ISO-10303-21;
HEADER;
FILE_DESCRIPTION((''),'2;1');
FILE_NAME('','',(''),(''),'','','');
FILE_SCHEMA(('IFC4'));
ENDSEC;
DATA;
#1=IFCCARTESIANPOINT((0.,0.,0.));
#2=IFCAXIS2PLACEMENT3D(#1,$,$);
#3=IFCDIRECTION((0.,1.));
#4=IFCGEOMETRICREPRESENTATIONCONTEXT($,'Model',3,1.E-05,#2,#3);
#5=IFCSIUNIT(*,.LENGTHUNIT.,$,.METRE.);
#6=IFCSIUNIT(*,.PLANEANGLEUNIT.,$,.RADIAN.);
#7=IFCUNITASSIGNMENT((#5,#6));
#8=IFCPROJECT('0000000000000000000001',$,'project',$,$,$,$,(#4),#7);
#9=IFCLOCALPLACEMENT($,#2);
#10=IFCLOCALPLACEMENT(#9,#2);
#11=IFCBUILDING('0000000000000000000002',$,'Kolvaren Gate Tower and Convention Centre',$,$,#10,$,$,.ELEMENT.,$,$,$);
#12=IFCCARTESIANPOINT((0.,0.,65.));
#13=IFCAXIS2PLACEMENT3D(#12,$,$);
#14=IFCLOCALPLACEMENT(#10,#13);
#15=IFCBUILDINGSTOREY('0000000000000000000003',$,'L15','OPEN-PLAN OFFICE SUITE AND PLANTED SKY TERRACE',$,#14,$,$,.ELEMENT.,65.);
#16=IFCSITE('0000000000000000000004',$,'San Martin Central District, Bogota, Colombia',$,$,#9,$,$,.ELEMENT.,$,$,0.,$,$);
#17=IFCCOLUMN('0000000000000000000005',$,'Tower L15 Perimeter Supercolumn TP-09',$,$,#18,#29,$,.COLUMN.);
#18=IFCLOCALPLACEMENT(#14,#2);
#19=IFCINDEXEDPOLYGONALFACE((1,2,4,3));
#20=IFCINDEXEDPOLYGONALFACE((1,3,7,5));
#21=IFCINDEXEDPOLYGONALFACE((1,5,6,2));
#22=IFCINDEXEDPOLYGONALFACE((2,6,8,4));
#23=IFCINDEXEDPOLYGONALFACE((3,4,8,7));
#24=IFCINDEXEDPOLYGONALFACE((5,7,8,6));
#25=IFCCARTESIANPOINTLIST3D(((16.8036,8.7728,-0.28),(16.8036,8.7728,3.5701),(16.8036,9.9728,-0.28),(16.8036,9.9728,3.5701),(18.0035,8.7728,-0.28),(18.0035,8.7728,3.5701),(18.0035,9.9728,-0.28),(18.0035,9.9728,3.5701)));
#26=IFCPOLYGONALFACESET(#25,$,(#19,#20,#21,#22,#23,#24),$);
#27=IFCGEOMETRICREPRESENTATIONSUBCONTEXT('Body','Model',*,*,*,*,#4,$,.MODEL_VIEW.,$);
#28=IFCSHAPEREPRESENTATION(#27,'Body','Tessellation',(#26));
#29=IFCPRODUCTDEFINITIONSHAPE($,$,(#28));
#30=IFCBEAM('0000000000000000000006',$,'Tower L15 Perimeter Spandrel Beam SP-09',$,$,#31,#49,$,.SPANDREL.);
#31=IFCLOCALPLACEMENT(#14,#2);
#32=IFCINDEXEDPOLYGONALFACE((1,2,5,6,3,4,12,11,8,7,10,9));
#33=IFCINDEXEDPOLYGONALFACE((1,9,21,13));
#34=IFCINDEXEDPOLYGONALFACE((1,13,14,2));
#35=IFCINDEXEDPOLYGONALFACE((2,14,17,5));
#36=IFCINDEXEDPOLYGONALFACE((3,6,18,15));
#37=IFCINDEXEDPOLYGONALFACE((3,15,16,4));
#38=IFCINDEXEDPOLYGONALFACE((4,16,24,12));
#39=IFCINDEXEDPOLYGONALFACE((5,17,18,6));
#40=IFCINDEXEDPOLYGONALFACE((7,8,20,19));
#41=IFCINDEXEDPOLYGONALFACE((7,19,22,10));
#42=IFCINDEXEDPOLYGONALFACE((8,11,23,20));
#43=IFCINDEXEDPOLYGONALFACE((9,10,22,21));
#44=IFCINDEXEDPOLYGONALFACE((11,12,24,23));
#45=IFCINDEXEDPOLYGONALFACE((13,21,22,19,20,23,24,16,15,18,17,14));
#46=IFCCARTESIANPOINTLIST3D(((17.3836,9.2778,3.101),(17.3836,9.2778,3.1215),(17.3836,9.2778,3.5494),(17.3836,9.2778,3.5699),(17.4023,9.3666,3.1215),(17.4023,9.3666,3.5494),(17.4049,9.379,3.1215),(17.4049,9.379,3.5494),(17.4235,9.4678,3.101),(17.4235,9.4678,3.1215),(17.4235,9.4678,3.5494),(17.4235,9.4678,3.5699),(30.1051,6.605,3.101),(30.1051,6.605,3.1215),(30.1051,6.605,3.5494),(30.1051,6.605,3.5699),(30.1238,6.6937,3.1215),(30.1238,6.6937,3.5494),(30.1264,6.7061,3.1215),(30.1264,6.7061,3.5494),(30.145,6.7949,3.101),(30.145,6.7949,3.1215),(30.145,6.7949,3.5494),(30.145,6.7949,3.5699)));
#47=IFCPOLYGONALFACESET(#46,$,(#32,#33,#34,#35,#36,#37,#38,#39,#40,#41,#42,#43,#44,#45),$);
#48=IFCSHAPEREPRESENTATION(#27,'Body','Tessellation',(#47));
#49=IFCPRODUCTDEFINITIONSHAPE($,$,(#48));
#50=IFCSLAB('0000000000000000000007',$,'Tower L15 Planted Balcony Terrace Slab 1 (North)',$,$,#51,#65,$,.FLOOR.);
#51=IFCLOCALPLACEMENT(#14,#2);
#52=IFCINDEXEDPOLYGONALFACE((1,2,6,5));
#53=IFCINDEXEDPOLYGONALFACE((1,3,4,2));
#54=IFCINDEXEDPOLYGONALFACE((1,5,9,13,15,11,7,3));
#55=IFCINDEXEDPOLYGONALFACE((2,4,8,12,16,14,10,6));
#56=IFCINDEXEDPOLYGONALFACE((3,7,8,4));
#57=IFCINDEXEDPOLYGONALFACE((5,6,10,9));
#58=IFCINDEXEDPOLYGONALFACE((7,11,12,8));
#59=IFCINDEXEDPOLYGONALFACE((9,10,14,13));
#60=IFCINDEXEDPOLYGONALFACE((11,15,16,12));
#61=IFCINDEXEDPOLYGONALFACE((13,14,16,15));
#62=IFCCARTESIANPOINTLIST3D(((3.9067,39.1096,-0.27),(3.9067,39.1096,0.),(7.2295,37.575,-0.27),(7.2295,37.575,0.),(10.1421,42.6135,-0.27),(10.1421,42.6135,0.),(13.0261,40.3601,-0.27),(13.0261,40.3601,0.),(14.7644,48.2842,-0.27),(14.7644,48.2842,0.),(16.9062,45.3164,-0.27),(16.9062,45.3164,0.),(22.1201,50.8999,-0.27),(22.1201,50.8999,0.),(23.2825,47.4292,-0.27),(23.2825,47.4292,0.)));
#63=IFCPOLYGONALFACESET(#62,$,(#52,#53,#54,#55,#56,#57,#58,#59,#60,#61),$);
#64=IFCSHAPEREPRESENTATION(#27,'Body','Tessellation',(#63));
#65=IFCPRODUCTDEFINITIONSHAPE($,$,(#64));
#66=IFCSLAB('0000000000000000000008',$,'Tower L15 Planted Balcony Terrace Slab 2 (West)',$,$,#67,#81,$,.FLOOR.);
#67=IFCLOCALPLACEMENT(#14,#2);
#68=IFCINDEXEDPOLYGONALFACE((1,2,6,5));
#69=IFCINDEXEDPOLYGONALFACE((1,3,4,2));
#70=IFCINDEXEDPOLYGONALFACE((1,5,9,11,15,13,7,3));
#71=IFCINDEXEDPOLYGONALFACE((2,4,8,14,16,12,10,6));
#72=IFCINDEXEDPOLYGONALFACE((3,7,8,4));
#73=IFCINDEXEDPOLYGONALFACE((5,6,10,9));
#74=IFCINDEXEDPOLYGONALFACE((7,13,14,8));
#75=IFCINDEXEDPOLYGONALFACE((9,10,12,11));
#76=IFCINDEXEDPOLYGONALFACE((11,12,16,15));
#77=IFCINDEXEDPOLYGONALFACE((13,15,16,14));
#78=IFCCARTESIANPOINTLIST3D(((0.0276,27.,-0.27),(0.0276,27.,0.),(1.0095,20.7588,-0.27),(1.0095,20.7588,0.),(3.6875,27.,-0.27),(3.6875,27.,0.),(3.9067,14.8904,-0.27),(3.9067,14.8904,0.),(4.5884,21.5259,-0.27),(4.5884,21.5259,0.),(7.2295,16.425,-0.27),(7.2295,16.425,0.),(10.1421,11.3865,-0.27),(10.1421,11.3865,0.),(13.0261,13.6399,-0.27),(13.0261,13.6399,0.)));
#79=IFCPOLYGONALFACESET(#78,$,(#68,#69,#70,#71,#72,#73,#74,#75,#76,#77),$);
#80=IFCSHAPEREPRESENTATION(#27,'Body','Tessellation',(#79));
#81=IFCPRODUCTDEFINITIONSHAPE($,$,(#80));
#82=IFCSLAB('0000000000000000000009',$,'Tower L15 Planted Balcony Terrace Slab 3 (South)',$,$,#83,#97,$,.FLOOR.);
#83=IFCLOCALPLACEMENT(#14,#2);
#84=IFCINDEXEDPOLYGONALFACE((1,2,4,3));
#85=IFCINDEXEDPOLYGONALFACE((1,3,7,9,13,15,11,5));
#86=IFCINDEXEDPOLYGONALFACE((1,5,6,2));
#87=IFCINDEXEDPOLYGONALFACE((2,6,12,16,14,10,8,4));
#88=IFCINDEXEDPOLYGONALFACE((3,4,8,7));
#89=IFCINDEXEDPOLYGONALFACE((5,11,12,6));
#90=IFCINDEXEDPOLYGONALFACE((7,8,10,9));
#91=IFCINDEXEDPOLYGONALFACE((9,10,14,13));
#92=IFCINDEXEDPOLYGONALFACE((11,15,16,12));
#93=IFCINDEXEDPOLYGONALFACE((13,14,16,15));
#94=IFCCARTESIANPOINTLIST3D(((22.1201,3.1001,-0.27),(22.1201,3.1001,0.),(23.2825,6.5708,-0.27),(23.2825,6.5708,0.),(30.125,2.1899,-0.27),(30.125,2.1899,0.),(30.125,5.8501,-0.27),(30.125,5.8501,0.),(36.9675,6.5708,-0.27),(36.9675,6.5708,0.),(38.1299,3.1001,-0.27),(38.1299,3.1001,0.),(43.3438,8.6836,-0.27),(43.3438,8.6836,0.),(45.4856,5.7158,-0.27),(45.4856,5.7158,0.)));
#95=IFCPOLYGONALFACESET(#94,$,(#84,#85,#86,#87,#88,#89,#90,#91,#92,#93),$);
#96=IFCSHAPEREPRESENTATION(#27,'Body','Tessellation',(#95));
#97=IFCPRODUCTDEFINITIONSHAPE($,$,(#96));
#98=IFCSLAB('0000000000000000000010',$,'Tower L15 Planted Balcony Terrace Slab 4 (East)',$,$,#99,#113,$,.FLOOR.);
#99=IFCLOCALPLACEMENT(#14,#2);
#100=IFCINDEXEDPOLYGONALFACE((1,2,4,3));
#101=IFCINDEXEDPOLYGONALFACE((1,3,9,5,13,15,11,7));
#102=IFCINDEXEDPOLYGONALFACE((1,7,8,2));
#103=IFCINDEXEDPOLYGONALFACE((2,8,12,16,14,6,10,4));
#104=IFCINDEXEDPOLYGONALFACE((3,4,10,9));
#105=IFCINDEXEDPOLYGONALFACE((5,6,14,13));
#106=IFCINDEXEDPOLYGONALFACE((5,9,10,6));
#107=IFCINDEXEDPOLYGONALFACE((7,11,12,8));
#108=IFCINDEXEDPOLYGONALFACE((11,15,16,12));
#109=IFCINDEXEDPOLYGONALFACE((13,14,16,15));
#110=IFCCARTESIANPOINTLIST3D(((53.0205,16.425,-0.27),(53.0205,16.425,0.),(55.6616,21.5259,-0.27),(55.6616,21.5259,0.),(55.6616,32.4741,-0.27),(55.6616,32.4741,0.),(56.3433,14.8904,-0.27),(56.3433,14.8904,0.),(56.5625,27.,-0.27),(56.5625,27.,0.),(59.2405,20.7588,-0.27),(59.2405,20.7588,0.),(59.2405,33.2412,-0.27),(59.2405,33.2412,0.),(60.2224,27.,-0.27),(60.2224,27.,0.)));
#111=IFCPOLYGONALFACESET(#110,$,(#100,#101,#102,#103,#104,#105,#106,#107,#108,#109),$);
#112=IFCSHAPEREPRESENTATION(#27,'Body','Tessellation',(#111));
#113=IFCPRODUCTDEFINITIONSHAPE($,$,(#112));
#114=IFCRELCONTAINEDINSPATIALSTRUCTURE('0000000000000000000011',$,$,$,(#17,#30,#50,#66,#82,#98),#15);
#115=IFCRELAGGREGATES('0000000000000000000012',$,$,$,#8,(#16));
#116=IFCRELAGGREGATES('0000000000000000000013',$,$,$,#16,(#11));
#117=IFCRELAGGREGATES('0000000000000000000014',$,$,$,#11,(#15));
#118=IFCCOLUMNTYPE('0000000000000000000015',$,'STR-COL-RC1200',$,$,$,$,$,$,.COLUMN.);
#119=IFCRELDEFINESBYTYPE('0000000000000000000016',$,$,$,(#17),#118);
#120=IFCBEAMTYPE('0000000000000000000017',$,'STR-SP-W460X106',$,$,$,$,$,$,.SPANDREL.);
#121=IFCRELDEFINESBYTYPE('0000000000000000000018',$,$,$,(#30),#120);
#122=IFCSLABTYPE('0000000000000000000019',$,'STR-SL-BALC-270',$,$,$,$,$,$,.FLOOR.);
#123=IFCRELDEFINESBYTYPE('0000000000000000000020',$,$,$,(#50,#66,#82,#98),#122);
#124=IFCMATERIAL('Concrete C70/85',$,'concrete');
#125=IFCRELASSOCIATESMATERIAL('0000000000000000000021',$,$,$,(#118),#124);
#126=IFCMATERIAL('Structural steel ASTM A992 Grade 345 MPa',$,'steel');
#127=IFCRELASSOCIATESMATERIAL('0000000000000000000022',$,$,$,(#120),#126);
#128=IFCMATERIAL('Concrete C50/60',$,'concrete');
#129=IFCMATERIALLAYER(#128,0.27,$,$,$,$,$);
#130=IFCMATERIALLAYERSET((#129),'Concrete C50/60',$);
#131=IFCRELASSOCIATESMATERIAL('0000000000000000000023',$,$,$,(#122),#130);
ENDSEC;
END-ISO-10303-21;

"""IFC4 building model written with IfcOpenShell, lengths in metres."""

from ifc_helpers import new_model, si_unit, direction, frame, origin, origin_2d, place, context, subcontext, project, spatial, polyline, rectangle, i_section, outline, extrude, material, layer, layer_set, material_profile, profile_set, type_object, element, save


model = new_model("IFC4")

# Units and contexts
model_context = context("Model", 3, precision=1e-05, world=origin(), true_north=direction((0.0, 1.0)))
body_context = subcontext(model_context, "Body", "Model", "MODEL_VIEW")
ifc_project = project(units=[si_unit("LENGTHUNIT", "METRE"), si_unit("PLANEANGLEUNIT", "RADIAN")], contexts=[model_context])

# Site, building, storey
site_placement = place(None, origin())
site = spatial("IfcSite", under=ifc_project, at=site_placement, Name="San Martin Central District, Bogota, Colombia", CompositionType="ELEMENT", RefElevation=0.0)
building_placement = place(site_placement, origin())
building = spatial("IfcBuilding", under=site, at=building_placement, Name="Kolvaren Gate Tower and Convention Centre", CompositionType="ELEMENT")
storey_placement = place(building_placement, frame((0.0, 0.0, 65.0)))
storey = spatial("IfcBuildingStorey", under=building, at=storey_placement, Name="L15", Description="OPEN-PLAN OFFICE SUITE AND PLANTED SKY TERRACE", CompositionType="ELEMENT", Elevation=65.0)

# Column
ifc_material_1 = material(Name="Concrete C70/85", Category="concrete")
ifc_material_profile_1 = material_profile(ifc_material_1, rectangle(XDim=1.2, YDim=1.2, at=origin_2d()), Name="RC-COL-1200X1200")
ifc_profile_set_1 = profile_set([ifc_material_profile_1], Name="Concrete C70/85")
column_type = type_object("IfcColumnType", Name="STR-COL-RC1200", PredefinedType="COLUMN", material=ifc_profile_set_1)
column_placement = place(storey_placement, frame((17.4036, 9.3728, -0.28), z_axis=(0.0, 0.0, 1.0), x_axis=(1.0, 0.0, 0.0)))
element("IfcColumn", 1, at=column_placement, inside=storey, type_object=column_type, Name="Tower L15 Perimeter Supercolumn TP-09", PredefinedType="COLUMN", context=body_context, shape_type="SweptSolid", body=[
    extrude(rectangle(XDim=1.2, YDim=1.2, at=origin_2d()), origin(), (0.0, 0.0, 1.0), 3.8501),
])

# Beam
ifc_material_2 = material(Name="Structural steel ASTM A992 Grade 345 MPa", Category="steel")
ifc_material_profile_2 = material_profile(ifc_material_2, i_section(OverallWidth=0.1941, OverallDepth=0.469, WebThickness=0.0127, FlangeThickness=0.0205, at=origin_2d()), Name="W460X106")
ifc_profile_set_2 = profile_set([ifc_material_profile_2], Name="Structural steel ASTM A992 Grade 345 MPa")
beam_type = type_object("IfcBeamType", Name="STR-SP-W460X106", PredefinedType="SPANDREL", material=ifc_profile_set_2)
beam_placement = place(storey_placement, frame((17.4036, 9.3728, 3.3354), z_axis=(0.978633, -0.205617, 0.0), x_axis=(0.205617, 0.978633, 0.0)))
element("IfcBeam", 2, at=beam_placement, inside=storey, type_object=beam_type, Name="Tower L15 Perimeter Spandrel Beam SP-09", PredefinedType="SPANDREL", context=body_context, shape_type="SweptSolid", body=[
    extrude(i_section(OverallWidth=0.1941, OverallDepth=0.469, WebThickness=0.0127, FlangeThickness=0.0205, at=origin_2d()), origin(), (0.0, 0.0, 1.0), 12.9993),
])

# Slabs
ifc_material_3 = material(Name="Concrete C50/60", Category="concrete")
ifc_layer_1 = layer(ifc_material_3, 0.27)
ifc_layer_set_1 = layer_set([ifc_layer_1], Name="Concrete C50/60")
slab_type_1 = type_object("IfcSlabType", Name="STR-SL-BALC-270", PredefinedType="FLOOR", material=ifc_layer_set_1)
slab_1_placement = place(storey_placement, frame((0.0, 0.0, -0.27)))
element("IfcSlab", 3, at=slab_1_placement, inside=storey, type_object=slab_type_1, Name="Tower L15 Planted Balcony Terrace Slab 1 (North)", PredefinedType="FLOOR", context=body_context, shape_type="SweptSolid", body=[
    extrude(outline(polyline([(23.2825, 47.4292), (16.9062, 45.3164), (13.0261, 40.3601), (7.2295, 37.575), (3.9067, 39.1096), (10.1421, 42.6135), (14.7644, 48.2842), (22.1201, 50.8999), (23.2825, 47.4292)])), origin(), (0.0, 0.0, 1.0), 0.27),
])
slab_2_placement = place(storey_placement, frame((0.0, 0.0, -0.27)))
element("IfcSlab", 4, at=slab_2_placement, inside=storey, type_object=slab_type_1, Name="Tower L15 Planted Balcony Terrace Slab 2 (West)", PredefinedType="FLOOR", context=body_context, shape_type="SweptSolid", body=[
    extrude(outline(polyline([(3.6875, 27.0), (4.5884, 21.5259), (7.2295, 16.425), (13.0261, 13.6399), (10.1421, 11.3865), (3.9067, 14.8904), (1.0095, 20.7588), (0.0276, 27.0), (3.6875, 27.0)])), origin(), (0.0, 0.0, 1.0), 0.27),
])
slab_3_placement = place(storey_placement, frame((0.0, 0.0, -0.27)))
element("IfcSlab", 5, at=slab_3_placement, inside=storey, type_object=slab_type_1, Name="Tower L15 Planted Balcony Terrace Slab 3 (South)", PredefinedType="FLOOR", context=body_context, shape_type="SweptSolid", body=[
    extrude(outline(polyline([(23.2825, 6.5708), (30.125, 5.8501), (36.9675, 6.5708), (43.3438, 8.6836), (45.4856, 5.7158), (38.1299, 3.1001), (30.125, 2.1899), (22.1201, 3.1001), (23.2825, 6.5708)])), origin(), (0.0, 0.0, 1.0), 0.27),
])
slab_4_placement = place(storey_placement, frame((0.0, 0.0, -0.27)))
element("IfcSlab", 6, at=slab_4_placement, inside=storey, type_object=slab_type_1, Name="Tower L15 Planted Balcony Terrace Slab 4 (East)", PredefinedType="FLOOR", context=body_context, shape_type="SweptSolid", body=[
    extrude(outline(polyline([(53.0205, 16.425), (55.6616, 21.5259), (56.5625, 27.0), (55.6616, 32.4741), (59.2405, 33.2412), (60.2224, 27.0), (59.2405, 20.7588), (56.3433, 14.8904), (53.0205, 16.425)])), origin(), (0.0, 0.0, 1.0), 0.27),
])

save(model, "model.ifc")
